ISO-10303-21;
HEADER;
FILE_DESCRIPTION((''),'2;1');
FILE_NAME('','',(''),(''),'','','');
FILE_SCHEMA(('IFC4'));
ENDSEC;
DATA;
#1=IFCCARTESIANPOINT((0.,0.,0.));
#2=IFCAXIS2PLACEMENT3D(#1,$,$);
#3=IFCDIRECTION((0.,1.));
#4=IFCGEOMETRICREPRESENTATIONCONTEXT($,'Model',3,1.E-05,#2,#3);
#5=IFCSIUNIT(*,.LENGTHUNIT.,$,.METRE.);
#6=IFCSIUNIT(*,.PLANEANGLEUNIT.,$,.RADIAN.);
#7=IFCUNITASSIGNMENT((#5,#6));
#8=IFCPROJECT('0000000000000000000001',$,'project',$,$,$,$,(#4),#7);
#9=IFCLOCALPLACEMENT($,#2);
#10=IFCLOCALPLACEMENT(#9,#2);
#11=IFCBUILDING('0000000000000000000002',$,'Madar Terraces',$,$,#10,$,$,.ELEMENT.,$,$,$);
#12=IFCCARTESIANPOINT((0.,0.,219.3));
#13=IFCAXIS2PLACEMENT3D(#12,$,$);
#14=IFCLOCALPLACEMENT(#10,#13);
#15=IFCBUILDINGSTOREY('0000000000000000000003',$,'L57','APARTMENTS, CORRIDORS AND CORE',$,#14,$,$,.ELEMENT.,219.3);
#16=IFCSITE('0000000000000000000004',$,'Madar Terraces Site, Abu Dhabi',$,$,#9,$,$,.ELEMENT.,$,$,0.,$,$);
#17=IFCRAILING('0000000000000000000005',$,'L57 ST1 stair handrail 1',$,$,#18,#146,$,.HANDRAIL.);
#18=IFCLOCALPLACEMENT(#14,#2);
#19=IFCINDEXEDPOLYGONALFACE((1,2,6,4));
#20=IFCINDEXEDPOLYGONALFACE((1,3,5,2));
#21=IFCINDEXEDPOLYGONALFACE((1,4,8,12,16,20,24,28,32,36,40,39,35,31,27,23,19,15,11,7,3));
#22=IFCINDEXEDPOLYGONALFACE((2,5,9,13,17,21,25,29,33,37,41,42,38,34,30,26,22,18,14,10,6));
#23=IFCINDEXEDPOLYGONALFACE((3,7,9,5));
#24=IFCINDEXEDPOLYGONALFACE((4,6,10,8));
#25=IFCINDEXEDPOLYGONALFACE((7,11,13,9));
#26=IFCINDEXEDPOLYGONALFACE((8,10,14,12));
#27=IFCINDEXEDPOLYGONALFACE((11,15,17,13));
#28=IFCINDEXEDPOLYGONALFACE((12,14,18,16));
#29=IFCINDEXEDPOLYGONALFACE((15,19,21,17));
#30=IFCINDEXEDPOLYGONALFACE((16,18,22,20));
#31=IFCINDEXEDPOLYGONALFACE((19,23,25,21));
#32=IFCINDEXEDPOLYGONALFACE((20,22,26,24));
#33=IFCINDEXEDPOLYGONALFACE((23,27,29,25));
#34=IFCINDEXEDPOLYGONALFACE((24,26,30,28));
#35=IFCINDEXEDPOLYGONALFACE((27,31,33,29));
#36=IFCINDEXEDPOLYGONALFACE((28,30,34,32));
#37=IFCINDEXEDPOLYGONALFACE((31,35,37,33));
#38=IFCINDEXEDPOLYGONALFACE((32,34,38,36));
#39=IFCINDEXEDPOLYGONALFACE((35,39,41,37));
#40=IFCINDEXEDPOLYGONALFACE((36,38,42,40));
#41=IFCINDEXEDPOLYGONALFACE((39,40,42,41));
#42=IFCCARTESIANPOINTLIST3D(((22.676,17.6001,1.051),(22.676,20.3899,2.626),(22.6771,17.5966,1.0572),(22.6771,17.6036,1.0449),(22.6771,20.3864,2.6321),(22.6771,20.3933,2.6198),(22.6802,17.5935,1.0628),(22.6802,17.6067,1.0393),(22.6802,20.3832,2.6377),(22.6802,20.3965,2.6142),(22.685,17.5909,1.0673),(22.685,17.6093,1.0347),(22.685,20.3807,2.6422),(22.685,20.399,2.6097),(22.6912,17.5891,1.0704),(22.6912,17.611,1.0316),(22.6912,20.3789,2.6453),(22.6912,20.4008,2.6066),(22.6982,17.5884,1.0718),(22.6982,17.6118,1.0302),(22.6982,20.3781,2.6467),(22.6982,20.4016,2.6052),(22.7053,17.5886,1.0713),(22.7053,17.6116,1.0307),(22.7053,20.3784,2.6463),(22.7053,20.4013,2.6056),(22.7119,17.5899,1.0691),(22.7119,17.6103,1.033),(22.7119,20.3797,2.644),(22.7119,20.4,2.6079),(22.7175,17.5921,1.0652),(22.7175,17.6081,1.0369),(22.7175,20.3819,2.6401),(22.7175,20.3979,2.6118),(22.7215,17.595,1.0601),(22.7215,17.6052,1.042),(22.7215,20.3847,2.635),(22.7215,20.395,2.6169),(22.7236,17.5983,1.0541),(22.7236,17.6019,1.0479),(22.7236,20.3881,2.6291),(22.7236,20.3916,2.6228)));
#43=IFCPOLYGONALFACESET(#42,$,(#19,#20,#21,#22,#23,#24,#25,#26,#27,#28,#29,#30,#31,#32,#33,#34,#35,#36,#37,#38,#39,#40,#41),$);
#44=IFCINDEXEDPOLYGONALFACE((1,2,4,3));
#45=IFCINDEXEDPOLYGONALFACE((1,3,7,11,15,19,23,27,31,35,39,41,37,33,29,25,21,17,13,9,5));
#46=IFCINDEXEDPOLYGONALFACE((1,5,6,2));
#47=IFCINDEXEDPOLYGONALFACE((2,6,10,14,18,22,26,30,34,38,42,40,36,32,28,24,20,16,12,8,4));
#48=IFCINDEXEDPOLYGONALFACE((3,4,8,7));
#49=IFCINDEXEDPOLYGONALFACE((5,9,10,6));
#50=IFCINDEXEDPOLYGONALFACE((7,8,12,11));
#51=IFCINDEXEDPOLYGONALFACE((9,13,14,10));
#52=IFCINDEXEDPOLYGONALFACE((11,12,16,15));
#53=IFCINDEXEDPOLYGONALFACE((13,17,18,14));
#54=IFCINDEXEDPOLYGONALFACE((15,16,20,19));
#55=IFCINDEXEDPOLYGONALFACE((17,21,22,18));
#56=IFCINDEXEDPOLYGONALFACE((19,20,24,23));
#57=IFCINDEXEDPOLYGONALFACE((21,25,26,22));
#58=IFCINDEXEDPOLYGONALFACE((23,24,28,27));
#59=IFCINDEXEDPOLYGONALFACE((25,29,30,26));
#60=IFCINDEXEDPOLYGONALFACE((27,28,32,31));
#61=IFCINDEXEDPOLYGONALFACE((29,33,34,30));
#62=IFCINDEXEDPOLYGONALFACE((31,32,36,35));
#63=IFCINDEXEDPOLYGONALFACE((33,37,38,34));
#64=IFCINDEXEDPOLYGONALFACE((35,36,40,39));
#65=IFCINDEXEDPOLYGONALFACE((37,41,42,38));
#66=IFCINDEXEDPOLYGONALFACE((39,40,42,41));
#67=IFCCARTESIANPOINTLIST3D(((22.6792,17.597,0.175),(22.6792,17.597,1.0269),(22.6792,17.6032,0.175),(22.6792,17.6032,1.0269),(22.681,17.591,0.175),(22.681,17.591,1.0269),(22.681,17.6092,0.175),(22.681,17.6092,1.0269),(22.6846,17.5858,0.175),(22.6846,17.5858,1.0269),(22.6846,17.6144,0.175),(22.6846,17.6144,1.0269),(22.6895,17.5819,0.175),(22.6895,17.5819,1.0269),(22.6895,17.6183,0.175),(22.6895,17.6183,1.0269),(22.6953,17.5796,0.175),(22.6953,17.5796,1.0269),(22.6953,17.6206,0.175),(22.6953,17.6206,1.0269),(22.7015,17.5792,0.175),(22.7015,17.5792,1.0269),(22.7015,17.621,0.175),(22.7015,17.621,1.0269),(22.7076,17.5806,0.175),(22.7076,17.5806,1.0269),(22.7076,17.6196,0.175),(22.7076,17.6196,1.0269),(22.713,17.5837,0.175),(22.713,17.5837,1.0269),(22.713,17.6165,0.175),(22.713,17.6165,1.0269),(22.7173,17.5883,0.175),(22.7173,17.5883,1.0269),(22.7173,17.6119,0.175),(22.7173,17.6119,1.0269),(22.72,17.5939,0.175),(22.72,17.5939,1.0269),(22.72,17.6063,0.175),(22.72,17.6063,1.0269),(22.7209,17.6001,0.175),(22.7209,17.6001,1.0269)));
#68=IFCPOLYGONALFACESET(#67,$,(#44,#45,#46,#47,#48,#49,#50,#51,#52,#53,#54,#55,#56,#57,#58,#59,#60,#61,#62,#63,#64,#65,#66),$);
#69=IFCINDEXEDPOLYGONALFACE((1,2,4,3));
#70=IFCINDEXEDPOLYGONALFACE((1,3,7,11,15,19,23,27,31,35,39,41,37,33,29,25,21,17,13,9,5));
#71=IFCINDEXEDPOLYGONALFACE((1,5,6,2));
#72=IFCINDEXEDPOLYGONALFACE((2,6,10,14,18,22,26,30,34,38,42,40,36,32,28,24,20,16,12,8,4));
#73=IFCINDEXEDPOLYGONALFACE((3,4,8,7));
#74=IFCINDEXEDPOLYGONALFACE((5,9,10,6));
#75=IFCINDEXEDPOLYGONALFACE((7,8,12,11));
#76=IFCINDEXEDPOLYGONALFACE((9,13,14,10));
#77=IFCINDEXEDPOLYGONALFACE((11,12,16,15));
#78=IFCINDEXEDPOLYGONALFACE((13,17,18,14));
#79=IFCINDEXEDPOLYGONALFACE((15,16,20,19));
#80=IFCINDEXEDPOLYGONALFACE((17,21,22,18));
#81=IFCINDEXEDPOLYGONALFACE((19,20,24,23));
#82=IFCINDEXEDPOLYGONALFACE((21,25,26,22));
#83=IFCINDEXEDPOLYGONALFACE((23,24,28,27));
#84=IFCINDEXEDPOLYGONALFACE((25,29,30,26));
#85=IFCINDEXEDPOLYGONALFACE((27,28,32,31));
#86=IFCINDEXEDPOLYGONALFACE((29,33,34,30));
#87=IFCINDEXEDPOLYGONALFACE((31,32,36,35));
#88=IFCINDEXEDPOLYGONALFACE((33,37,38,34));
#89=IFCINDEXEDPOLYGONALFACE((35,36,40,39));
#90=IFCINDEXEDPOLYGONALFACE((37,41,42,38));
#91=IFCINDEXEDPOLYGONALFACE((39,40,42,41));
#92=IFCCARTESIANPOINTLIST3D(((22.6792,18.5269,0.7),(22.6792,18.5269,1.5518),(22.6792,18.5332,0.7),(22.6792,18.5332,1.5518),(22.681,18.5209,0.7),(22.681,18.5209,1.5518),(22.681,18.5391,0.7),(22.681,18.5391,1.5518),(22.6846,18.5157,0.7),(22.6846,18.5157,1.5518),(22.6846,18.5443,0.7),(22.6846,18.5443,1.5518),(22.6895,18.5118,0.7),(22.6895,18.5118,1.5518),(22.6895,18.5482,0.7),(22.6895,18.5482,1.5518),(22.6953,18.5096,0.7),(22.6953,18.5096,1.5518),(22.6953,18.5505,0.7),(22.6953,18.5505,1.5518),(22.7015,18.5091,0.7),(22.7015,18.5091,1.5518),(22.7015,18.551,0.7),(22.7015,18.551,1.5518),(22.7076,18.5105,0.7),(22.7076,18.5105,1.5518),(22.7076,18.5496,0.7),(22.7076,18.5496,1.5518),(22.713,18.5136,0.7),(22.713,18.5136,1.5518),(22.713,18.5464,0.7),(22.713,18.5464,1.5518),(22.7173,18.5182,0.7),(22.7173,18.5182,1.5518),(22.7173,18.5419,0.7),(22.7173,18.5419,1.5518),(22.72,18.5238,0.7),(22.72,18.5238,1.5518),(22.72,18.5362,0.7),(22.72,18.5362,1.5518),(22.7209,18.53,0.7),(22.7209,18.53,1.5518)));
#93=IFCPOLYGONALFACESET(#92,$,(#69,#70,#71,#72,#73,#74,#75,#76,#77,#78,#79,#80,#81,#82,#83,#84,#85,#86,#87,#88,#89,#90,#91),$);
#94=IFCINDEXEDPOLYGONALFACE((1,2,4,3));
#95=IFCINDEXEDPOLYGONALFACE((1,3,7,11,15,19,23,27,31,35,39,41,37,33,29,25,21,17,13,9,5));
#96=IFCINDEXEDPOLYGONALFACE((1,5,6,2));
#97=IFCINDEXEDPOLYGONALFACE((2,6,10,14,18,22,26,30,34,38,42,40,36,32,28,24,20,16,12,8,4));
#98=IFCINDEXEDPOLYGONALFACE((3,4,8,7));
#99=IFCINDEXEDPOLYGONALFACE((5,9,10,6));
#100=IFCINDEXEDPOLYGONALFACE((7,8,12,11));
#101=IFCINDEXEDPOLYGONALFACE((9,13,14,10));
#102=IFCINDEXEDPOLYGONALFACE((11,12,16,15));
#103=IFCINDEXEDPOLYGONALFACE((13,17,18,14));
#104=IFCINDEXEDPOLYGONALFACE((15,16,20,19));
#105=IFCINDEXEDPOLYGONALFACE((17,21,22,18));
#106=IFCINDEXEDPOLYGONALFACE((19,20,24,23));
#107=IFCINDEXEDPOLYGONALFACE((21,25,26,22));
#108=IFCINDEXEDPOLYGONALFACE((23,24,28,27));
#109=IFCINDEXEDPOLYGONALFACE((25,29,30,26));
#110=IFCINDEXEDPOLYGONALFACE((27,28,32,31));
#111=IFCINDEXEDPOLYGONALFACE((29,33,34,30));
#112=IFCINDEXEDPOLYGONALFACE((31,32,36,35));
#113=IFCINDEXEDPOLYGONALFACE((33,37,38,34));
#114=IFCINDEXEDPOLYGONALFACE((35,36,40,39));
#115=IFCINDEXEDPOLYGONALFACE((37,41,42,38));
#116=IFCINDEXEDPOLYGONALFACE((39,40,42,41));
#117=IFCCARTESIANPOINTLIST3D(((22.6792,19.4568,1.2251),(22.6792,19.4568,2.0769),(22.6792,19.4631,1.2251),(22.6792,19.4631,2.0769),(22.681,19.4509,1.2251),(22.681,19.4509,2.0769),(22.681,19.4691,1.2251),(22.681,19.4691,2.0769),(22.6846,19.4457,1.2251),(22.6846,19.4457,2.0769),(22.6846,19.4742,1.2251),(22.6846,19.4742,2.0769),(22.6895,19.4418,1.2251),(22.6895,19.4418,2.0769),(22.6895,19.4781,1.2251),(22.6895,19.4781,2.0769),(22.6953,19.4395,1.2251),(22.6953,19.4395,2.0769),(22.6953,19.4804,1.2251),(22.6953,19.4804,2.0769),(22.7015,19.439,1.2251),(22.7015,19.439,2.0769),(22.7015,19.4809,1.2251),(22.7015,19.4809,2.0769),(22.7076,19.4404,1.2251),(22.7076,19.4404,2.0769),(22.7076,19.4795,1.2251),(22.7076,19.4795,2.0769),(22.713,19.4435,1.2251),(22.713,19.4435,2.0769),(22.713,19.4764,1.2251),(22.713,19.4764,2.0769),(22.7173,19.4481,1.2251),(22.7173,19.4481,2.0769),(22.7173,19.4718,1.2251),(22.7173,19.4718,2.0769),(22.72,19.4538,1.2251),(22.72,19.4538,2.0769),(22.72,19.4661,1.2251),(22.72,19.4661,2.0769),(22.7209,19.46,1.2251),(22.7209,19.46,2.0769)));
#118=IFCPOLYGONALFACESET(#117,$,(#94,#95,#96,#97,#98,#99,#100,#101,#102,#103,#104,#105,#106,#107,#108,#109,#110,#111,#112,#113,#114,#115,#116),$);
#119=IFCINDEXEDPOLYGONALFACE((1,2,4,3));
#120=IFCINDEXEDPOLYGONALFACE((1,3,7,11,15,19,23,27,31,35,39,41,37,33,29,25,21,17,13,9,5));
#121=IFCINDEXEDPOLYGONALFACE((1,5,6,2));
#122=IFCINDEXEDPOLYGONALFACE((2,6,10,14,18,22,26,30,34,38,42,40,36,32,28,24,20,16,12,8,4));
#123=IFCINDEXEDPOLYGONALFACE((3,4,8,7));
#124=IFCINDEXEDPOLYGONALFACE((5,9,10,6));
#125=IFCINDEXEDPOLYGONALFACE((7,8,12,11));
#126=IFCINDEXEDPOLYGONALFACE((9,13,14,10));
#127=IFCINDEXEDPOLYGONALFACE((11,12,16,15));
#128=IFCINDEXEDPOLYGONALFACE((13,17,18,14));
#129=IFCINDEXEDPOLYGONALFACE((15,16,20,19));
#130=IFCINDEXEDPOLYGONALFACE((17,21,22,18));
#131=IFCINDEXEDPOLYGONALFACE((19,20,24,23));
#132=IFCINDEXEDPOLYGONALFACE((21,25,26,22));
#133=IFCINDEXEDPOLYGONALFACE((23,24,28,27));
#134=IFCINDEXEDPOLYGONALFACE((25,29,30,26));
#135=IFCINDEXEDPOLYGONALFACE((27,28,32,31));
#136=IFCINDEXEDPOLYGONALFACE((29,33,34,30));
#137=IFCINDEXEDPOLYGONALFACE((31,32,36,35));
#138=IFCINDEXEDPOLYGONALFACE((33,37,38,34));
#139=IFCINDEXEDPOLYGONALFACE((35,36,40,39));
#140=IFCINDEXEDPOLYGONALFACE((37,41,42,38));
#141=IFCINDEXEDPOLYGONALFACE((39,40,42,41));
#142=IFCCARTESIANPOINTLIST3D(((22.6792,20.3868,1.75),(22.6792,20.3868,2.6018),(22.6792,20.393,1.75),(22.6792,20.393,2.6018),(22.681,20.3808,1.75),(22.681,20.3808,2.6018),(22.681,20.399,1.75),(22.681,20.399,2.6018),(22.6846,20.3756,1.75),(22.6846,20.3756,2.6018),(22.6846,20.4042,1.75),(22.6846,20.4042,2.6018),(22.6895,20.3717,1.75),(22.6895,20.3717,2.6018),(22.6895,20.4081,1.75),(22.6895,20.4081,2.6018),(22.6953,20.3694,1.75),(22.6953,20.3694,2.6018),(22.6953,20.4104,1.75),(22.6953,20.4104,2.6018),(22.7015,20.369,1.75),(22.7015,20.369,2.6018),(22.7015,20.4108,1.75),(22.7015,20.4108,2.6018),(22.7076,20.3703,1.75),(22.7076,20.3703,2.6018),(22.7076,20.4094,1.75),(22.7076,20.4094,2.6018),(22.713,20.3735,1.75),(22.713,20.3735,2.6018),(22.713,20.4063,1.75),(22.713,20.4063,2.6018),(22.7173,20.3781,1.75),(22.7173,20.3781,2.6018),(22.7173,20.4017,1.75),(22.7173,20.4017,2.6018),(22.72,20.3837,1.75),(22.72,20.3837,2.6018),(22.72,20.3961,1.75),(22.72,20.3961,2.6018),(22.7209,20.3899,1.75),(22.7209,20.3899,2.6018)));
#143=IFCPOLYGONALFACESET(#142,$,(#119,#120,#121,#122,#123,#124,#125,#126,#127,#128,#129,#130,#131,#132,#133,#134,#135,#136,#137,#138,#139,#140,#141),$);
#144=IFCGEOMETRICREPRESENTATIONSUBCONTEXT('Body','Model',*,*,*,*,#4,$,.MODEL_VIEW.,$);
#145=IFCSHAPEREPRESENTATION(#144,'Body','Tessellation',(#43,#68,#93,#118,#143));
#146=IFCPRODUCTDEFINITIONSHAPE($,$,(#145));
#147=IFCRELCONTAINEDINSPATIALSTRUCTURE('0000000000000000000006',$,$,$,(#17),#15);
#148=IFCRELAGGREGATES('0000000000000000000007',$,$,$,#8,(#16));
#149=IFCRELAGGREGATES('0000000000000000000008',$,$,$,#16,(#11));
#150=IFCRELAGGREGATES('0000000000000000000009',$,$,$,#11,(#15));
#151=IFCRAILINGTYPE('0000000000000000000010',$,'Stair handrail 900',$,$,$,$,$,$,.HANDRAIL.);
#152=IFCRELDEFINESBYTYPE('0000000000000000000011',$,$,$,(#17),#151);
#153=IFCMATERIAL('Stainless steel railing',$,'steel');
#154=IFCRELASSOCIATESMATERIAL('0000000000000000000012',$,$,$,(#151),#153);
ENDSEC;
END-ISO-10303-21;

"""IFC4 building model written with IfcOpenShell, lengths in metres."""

from ifc_helpers import new_model, si_unit, direction, frame, origin, origin_2d, place, context, subcontext, project, spatial, circle, extrude, material, type_object, element, save


model = new_model("IFC4")

# Units and contexts
model_context = context("Model", 3, precision=1e-05, world=origin(), true_north=direction((0.0, 1.0)))
body_context = subcontext(model_context, "Body", "Model", "MODEL_VIEW")
ifc_project = project(units=[si_unit("LENGTHUNIT", "METRE"), si_unit("PLANEANGLEUNIT", "RADIAN")], contexts=[model_context])

# Site, building, storey
site_placement = place(None, origin())
site = spatial("IfcSite", under=ifc_project, at=site_placement, Name="Madar Terraces Site, Abu Dhabi", CompositionType="ELEMENT", RefElevation=0.0)
building_placement = place(site_placement, origin())
building = spatial("IfcBuilding", under=site, at=building_placement, Name="Madar Terraces", CompositionType="ELEMENT")
storey_placement = place(building_placement, frame((0.0, 0.0, 219.3)))
storey = spatial("IfcBuildingStorey", under=building, at=storey_placement, Name="L57", Description="APARTMENTS, CORRIDORS AND CORE", CompositionType="ELEMENT", Elevation=219.3)

# Railing
ifc_material_1 = material(Name="Stainless steel railing", Category="steel")
railing_type_1 = type_object("IfcRailingType", Name="Stair handrail 900", PredefinedType="HANDRAIL", material=ifc_material_1)
railing_1_placement = place(storey_placement, frame((22.7, 17.6001, 0.175)))
element("IfcRailing", 1, at=railing_1_placement, inside=storey, type_object=railing_type_1, Name="L57 ST1 stair handrail 1", PredefinedType="HANDRAIL", context=body_context, shape_type="SweptSolid", body=[
    extrude(circle(Radius=0.0239, at=origin_2d()), frame((0.0, 0.0, 0.876), z_axis=(0.0, 0.870815, 0.49161), x_axis=(-1.0, 0.0, 0.0)), (0.0, 0.0, 1.0), 3.2036),
    extrude(circle(Radius=0.021, at=origin_2d()), origin(), (0.0, 0.0, 1.0), 0.8518),
    extrude(circle(Radius=0.021, at=origin_2d()), frame((0.0, 0.9299, 0.5249)), (0.0, 0.0, 1.0), 0.8518),
    extrude(circle(Radius=0.021, at=origin_2d()), frame((0.0, 1.8599, 1.05)), (0.0, 0.0, 1.0), 0.8518),
    extrude(circle(Radius=0.021, at=origin_2d()), frame((0.0, 2.7898, 1.575)), (0.0, 0.0, 1.0), 0.8518),
])

save(model, "model.ifc")
